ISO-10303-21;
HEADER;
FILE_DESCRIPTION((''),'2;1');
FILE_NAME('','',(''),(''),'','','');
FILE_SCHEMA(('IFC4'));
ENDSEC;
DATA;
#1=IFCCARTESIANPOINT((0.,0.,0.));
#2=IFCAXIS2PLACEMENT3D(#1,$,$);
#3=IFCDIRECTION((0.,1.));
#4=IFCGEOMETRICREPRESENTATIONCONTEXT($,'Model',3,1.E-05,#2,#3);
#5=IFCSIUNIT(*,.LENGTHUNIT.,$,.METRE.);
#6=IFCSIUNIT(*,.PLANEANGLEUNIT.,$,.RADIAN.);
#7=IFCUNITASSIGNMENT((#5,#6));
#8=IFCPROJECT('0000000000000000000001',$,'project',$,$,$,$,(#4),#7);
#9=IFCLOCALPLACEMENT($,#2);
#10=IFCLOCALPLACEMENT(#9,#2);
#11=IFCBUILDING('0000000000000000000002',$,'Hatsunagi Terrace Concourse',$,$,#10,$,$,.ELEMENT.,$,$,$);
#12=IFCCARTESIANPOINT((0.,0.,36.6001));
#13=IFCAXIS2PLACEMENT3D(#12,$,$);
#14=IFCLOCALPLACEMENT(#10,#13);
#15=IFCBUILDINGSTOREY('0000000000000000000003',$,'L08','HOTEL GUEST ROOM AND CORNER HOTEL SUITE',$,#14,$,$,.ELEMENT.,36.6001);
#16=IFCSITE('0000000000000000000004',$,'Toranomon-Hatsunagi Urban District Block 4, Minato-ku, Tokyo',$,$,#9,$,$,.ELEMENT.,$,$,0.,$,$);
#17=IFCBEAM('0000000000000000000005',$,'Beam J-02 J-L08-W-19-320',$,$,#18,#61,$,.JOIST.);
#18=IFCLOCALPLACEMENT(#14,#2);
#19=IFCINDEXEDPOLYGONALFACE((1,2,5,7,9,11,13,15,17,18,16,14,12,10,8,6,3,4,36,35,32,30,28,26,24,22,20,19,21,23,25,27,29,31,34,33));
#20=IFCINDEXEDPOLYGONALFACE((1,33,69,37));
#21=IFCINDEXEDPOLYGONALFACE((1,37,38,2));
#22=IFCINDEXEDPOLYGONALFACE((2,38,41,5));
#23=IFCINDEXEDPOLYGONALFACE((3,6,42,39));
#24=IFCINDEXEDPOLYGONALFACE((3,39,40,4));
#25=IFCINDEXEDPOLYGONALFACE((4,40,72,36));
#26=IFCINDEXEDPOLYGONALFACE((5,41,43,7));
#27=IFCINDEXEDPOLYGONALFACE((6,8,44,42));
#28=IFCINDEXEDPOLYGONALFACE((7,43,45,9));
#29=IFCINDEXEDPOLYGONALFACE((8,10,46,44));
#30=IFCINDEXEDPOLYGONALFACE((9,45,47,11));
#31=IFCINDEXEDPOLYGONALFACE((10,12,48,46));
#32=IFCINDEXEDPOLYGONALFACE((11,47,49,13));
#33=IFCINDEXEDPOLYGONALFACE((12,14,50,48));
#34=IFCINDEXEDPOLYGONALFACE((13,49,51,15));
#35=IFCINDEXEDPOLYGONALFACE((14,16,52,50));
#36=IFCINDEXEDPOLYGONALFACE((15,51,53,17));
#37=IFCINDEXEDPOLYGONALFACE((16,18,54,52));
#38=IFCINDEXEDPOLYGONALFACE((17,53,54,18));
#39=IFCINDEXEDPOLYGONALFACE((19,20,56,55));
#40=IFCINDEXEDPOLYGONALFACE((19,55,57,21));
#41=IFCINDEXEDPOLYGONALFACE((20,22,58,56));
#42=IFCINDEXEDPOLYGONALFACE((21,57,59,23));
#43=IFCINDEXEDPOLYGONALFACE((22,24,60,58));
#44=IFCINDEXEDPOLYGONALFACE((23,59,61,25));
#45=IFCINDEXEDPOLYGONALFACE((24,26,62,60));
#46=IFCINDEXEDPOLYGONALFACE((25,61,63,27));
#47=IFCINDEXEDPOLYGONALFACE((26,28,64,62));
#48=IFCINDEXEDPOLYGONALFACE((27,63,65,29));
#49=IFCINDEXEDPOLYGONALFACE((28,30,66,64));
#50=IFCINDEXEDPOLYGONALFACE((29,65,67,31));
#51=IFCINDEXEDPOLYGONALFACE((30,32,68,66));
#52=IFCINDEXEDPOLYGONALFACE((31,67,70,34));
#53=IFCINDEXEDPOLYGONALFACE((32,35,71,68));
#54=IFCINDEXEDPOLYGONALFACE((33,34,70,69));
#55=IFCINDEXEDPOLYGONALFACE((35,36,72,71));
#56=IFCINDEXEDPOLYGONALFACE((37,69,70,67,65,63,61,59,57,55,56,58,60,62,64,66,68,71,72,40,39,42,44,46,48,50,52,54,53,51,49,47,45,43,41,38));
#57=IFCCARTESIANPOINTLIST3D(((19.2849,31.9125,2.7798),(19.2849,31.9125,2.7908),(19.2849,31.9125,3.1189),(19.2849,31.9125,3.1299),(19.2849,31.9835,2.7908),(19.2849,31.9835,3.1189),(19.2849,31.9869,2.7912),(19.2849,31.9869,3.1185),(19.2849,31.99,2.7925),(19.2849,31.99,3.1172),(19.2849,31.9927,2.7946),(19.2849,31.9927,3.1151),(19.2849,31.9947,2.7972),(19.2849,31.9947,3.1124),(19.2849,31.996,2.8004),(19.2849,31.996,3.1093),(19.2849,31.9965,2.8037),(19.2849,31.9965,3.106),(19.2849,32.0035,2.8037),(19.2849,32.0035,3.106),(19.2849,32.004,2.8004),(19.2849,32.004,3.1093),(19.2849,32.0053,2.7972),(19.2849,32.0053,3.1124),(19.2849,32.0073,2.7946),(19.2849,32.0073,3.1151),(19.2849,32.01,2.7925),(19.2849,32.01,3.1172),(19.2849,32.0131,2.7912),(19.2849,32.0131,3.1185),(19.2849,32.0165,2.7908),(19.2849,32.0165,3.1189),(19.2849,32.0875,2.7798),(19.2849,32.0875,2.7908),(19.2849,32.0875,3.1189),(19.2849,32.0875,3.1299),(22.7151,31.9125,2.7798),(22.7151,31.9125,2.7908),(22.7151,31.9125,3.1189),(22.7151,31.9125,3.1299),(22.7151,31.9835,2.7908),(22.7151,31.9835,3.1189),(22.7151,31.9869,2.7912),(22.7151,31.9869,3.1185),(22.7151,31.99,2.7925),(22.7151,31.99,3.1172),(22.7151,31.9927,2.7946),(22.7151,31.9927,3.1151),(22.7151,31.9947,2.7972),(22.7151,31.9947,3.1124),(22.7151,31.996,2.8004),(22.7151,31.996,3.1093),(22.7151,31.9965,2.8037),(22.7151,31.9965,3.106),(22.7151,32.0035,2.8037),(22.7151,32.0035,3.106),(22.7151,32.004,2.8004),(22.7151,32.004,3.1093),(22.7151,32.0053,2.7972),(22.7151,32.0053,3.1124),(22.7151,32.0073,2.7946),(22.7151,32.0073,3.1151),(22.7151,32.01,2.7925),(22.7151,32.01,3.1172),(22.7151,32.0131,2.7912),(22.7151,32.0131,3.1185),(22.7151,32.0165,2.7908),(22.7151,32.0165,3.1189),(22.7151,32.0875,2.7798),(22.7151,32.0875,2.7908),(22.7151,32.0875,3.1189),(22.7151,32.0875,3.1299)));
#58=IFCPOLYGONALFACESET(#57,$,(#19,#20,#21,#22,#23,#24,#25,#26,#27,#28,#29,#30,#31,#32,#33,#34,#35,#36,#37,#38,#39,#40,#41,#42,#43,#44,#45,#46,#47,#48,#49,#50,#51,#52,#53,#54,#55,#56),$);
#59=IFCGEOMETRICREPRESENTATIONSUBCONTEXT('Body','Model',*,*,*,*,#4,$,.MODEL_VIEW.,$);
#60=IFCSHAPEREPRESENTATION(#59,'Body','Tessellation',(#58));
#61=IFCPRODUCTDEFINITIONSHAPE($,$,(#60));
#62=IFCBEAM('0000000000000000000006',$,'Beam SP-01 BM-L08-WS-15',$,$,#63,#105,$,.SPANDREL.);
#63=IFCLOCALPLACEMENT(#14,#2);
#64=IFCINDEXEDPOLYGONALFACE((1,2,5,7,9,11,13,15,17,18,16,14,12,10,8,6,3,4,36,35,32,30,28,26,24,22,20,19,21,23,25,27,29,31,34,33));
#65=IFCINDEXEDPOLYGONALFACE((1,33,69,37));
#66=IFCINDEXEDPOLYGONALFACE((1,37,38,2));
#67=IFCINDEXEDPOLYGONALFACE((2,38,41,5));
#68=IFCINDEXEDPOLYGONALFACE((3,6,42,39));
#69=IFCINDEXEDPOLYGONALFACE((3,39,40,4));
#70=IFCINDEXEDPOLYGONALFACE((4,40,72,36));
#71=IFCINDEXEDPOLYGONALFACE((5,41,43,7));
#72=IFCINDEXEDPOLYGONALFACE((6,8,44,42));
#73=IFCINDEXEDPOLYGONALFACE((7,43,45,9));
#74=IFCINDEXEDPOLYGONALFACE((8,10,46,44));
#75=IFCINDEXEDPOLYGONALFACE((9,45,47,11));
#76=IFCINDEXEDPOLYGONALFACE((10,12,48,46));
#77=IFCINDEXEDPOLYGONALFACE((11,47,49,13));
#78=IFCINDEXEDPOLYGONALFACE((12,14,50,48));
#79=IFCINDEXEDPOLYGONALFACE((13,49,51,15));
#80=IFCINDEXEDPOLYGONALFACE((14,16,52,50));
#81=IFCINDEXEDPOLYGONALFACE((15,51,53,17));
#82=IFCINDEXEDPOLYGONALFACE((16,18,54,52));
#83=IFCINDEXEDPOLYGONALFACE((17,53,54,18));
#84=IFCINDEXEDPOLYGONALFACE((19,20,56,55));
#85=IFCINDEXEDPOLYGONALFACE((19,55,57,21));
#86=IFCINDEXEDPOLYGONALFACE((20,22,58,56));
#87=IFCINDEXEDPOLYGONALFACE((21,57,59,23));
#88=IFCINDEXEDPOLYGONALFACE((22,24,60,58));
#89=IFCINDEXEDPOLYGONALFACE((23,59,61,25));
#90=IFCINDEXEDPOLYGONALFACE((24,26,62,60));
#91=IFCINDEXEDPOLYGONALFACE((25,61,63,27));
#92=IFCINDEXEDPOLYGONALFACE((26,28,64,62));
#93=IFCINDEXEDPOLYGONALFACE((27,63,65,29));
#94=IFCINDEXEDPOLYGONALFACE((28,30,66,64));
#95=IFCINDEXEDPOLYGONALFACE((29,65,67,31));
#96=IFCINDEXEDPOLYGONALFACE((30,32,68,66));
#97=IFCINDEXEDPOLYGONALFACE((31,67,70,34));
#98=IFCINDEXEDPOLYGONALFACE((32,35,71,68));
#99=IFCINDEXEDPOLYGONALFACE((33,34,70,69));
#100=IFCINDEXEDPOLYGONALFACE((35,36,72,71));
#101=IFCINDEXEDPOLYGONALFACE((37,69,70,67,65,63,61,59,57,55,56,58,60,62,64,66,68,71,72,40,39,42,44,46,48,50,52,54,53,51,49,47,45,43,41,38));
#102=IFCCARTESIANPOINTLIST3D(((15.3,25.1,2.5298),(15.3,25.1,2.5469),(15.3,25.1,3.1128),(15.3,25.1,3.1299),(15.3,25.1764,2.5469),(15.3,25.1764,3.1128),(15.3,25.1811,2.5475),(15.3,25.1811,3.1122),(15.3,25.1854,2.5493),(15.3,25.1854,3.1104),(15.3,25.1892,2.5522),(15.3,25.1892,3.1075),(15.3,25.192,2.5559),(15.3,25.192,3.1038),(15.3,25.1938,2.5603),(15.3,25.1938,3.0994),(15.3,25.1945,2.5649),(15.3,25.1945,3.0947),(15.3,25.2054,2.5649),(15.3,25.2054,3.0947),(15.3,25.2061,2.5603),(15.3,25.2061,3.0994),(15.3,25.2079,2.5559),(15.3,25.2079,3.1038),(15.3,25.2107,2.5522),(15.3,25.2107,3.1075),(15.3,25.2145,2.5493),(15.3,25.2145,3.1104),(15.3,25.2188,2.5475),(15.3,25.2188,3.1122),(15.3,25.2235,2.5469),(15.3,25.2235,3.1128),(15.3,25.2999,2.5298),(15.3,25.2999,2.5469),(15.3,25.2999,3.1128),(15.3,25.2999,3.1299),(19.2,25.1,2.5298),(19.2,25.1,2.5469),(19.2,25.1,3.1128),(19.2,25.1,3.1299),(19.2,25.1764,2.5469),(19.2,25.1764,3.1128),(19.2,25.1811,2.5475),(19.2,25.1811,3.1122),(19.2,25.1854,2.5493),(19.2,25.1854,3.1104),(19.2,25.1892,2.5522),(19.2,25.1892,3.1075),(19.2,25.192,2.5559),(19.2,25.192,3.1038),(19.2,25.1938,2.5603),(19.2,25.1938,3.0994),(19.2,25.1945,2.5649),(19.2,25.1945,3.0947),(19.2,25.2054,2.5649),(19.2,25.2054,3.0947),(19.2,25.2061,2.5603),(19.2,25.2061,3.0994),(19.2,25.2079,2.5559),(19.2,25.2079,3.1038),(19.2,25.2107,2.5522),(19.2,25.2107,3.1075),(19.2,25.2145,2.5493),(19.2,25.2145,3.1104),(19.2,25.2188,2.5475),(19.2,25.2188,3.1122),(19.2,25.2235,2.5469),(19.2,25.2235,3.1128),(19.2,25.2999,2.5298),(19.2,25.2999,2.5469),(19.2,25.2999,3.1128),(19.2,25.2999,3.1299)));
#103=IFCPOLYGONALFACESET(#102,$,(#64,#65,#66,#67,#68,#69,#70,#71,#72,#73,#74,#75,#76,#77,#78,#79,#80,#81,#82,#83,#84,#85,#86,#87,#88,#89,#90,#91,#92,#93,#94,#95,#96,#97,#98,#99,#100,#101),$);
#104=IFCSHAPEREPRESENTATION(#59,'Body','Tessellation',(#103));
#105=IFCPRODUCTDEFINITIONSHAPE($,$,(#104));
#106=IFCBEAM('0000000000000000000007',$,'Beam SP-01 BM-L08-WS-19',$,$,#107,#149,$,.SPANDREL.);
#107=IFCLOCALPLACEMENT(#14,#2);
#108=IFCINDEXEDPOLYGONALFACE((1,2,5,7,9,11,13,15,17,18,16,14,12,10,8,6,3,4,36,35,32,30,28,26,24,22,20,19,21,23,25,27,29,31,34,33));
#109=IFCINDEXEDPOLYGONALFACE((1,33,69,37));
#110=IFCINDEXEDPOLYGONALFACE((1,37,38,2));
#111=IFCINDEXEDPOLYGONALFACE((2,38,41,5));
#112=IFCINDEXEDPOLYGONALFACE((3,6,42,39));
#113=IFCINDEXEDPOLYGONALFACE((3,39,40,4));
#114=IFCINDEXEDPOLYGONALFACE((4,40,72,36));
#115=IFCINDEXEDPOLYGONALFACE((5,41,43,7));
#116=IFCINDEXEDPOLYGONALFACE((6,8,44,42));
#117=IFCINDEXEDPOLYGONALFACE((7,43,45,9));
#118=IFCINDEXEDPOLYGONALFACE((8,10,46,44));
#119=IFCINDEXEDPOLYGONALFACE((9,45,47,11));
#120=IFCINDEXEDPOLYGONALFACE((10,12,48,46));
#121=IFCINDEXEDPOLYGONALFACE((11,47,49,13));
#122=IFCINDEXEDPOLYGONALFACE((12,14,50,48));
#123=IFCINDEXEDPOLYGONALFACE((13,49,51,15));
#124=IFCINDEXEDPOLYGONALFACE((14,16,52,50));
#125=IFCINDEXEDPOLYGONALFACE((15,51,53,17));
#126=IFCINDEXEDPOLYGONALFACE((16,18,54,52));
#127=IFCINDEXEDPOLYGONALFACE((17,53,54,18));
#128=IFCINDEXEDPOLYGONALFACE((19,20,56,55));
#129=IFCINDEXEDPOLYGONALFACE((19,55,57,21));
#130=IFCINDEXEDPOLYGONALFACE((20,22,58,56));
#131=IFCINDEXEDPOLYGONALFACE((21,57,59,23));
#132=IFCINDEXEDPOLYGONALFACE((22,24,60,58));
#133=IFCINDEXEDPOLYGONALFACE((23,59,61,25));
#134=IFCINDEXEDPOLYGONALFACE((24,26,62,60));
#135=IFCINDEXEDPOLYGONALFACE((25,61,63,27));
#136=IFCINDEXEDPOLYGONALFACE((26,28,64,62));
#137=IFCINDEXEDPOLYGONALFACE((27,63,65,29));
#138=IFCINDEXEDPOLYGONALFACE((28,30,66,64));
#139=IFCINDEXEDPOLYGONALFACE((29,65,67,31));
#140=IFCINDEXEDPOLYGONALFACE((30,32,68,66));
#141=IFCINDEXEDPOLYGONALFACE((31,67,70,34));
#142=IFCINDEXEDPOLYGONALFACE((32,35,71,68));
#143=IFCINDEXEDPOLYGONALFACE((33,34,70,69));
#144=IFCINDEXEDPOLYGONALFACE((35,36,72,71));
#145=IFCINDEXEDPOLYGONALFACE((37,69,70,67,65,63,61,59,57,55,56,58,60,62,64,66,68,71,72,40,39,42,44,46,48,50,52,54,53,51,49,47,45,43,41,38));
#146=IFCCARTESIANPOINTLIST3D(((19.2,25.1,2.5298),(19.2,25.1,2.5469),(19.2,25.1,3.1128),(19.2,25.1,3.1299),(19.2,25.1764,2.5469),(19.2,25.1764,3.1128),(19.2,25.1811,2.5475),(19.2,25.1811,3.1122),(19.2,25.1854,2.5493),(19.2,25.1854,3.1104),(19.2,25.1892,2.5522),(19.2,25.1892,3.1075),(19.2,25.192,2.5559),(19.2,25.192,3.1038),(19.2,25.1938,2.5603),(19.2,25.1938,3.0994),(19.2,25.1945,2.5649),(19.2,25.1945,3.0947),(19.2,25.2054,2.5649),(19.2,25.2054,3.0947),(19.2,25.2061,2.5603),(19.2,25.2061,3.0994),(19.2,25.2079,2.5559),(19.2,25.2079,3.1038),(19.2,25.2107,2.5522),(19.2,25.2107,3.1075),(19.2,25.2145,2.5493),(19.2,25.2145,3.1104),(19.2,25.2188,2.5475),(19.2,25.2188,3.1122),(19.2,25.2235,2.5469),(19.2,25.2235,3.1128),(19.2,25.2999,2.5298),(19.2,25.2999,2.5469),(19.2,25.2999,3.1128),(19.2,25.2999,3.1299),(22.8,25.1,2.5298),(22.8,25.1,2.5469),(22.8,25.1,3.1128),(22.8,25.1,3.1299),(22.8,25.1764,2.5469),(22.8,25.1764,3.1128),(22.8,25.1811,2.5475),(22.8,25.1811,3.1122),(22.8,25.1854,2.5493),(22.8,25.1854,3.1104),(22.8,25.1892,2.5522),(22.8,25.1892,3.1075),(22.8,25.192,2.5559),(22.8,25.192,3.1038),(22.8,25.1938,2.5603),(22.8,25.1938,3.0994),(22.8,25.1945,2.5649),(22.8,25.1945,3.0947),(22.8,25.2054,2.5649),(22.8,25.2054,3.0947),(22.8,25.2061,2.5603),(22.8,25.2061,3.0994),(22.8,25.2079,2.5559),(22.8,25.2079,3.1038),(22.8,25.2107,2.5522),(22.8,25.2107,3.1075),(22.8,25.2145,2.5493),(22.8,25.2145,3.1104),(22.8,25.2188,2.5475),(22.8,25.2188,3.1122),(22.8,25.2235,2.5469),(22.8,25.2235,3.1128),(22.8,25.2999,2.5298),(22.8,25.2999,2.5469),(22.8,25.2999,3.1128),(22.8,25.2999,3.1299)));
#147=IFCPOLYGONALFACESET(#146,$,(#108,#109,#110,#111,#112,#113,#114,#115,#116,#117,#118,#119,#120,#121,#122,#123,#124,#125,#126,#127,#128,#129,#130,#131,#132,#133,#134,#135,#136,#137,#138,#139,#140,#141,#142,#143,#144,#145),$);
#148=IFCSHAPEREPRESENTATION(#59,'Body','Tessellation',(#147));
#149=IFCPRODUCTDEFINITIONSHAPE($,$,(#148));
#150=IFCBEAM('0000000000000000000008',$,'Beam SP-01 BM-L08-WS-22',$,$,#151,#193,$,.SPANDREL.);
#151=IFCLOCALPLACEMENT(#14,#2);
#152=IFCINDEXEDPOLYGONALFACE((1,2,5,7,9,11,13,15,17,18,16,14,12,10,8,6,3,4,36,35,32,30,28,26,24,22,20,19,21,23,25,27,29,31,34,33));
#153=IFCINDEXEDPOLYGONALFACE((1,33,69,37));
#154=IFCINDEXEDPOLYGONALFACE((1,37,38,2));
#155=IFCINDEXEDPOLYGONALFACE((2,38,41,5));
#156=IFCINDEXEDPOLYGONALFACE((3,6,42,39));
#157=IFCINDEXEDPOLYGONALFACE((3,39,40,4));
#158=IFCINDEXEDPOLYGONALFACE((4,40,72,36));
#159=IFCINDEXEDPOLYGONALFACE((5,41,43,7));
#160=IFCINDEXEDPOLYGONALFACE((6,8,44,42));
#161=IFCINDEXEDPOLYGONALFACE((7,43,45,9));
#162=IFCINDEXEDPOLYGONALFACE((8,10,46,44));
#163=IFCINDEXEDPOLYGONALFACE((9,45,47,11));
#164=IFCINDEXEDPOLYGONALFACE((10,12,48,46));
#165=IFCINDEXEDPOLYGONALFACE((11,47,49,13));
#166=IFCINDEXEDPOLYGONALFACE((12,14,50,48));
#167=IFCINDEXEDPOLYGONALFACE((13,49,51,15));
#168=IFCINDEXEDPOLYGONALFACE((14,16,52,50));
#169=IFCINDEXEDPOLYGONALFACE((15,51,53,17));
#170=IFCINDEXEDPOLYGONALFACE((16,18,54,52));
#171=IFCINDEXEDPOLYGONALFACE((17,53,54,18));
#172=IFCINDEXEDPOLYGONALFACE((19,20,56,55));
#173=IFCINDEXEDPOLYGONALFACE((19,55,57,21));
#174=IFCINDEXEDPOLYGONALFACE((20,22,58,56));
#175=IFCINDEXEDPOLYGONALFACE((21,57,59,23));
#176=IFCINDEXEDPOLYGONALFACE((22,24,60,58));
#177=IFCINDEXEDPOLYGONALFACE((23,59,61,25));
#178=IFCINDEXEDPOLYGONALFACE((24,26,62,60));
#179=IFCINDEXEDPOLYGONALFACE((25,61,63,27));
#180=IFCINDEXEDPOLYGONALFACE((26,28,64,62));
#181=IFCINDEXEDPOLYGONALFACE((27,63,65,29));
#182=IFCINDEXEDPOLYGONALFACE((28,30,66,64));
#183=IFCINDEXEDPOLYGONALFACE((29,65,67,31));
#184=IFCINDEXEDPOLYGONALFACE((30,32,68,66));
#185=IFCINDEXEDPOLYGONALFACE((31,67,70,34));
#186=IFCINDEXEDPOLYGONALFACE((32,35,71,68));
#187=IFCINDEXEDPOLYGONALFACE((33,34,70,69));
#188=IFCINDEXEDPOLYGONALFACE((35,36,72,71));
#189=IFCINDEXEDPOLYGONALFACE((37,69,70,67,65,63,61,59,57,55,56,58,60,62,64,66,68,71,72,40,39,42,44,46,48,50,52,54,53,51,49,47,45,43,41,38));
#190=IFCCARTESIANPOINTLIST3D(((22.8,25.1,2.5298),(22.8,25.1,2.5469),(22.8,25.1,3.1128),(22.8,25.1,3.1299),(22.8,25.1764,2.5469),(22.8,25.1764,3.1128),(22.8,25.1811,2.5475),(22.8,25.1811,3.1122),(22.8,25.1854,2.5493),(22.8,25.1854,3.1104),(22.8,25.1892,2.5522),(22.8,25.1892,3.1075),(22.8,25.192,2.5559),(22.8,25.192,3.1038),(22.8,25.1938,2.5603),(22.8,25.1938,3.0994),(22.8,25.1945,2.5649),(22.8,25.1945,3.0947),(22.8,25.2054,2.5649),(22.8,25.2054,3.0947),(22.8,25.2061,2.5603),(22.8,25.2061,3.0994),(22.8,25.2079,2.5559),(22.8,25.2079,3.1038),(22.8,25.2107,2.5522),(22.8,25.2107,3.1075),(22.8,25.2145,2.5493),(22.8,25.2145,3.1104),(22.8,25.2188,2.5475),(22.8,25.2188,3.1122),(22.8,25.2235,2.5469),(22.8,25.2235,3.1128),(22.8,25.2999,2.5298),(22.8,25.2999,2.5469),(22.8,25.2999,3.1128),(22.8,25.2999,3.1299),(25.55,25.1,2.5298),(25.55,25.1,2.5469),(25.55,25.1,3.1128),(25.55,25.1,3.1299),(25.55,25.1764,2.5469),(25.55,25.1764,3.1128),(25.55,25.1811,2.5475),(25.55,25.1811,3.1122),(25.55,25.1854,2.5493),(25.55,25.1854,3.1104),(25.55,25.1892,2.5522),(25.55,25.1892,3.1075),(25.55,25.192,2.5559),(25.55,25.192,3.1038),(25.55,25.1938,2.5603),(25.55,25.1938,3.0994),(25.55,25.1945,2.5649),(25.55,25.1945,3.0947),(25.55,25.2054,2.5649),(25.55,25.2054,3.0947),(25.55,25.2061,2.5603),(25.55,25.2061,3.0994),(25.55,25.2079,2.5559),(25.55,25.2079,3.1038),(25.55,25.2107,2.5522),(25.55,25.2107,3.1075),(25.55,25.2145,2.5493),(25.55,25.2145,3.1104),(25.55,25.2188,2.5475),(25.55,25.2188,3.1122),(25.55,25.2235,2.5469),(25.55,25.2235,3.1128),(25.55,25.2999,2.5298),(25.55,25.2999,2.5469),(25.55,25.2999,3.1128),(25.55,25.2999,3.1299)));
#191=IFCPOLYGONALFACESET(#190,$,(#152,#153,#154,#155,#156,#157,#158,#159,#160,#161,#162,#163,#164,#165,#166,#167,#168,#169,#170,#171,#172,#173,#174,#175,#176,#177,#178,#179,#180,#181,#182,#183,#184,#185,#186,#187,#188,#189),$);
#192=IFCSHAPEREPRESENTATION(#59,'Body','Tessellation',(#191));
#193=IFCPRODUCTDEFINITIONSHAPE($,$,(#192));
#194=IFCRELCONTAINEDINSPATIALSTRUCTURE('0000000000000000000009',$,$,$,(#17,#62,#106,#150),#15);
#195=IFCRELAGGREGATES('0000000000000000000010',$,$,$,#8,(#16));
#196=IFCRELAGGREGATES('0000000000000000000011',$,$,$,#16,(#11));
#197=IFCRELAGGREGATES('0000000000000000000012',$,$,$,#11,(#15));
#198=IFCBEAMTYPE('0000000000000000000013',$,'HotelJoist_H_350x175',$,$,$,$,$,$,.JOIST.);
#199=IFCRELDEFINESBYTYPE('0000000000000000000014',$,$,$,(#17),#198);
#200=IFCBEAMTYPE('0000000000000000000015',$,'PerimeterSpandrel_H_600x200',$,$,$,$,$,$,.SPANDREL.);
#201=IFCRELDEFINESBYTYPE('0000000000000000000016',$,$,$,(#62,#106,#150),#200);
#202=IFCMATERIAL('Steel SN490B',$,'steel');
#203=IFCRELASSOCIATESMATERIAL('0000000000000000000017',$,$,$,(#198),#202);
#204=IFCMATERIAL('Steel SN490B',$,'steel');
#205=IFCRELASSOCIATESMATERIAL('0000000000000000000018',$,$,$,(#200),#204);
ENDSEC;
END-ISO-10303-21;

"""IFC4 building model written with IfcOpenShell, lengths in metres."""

from ifc_helpers import new_model, si_unit, direction, frame, origin, origin_2d, place, context, subcontext, project, spatial, i_section, extrude, material, material_profile, profile_set, type_object, element, save


model = new_model("IFC4")

# Units and contexts
model_context = context("Model", 3, precision=1e-05, world=origin(), true_north=direction((0.0, 1.0)))
body_context = subcontext(model_context, "Body", "Model", "MODEL_VIEW")
ifc_project = project(units=[si_unit("LENGTHUNIT", "METRE"), si_unit("PLANEANGLEUNIT", "RADIAN")], contexts=[model_context])

# Site, building, storey
site_placement = place(None, origin())
site = spatial("IfcSite", under=ifc_project, at=site_placement, Name="Toranomon-Hatsunagi Urban District Block 4, Minato-ku, Tokyo", CompositionType="ELEMENT", RefElevation=0.0)
building_placement = place(site_placement, origin())
building = spatial("IfcBuilding", under=site, at=building_placement, Name="Hatsunagi Terrace Concourse", CompositionType="ELEMENT")
storey_placement = place(building_placement, frame((0.0, 0.0, 36.6001)))
storey = spatial("IfcBuildingStorey", under=building, at=storey_placement, Name="L08", Description="HOTEL GUEST ROOM AND CORNER HOTEL SUITE", CompositionType="ELEMENT", Elevation=36.6001)

# Beams
ifc_material_1 = material(Name="Steel SN490B", Category="steel")
ifc_material_profile_1 = material_profile(ifc_material_1, i_section(OverallWidth=0.175, OverallDepth=0.3501, WebThickness=0.0071, FlangeThickness=0.011, FilletRadius=0.0129, at=origin_2d()), Name="H-350x175x7x11")
ifc_profile_set_1 = profile_set([ifc_material_profile_1], Name="Steel SN490B")
beam_type_1 = type_object("IfcBeamType", Name="HotelJoist_H_350x175", PredefinedType="JOIST", material=ifc_profile_set_1)
beam_1_placement = place(storey_placement, frame((19.2849, 32.0, 2.9548), z_axis=(1.0, 0.0, 0.0), x_axis=(0.0, 1.0, 0.0)))
element("IfcBeam", 1, at=beam_1_placement, inside=storey, type_object=beam_type_1, Name="Beam J-02 J-L08-W-19-320", PredefinedType="JOIST", context=body_context, shape_type="SweptSolid", body=[
    extrude(i_section(OverallWidth=0.175, OverallDepth=0.3501, WebThickness=0.0071, FlangeThickness=0.011, FilletRadius=0.0129, at=origin_2d()), origin(), (0.0, 0.0, 1.0), 3.4302),
])
ifc_material_2 = material(Name="Steel SN490B", Category="steel")
ifc_material_profile_2 = material_profile(ifc_material_2, i_section(OverallWidth=0.2, OverallDepth=0.6001, WebThickness=0.011, FlangeThickness=0.0171, FilletRadius=0.0181, at=origin_2d()), Name="H-600x200x11x17")
ifc_profile_set_2 = profile_set([ifc_material_profile_2], Name="Steel SN490B")
beam_type_2 = type_object("IfcBeamType", Name="PerimeterSpandrel_H_600x200", PredefinedType="SPANDREL", material=ifc_profile_set_2)
beam_2_placement = place(storey_placement, frame((15.3, 25.2, 2.8298), z_axis=(1.0, 0.0, 0.0), x_axis=(0.0, 1.0, 0.0)))
element("IfcBeam", 2, at=beam_2_placement, inside=storey, type_object=beam_type_2, Name="Beam SP-01 BM-L08-WS-15", PredefinedType="SPANDREL", context=body_context, shape_type="SweptSolid", body=[
    extrude(i_section(OverallWidth=0.2, OverallDepth=0.6001, WebThickness=0.011, FlangeThickness=0.0171, FilletRadius=0.0181, at=origin_2d()), origin(), (0.0, 0.0, 1.0), 3.8999),
])
beam_3_placement = place(storey_placement, frame((19.2, 25.2, 2.8298), z_axis=(1.0, 0.0, 0.0), x_axis=(0.0, 1.0, 0.0)))
element("IfcBeam", 3, at=beam_3_placement, inside=storey, type_object=beam_type_2, Name="Beam SP-01 BM-L08-WS-19", PredefinedType="SPANDREL", context=body_context, shape_type="SweptSolid", body=[
    extrude(i_section(OverallWidth=0.2, OverallDepth=0.6001, WebThickness=0.011, FlangeThickness=0.0171, FilletRadius=0.0181, at=origin_2d()), origin(), (0.0, 0.0, 1.0), 3.6001),
])
beam_4_placement = place(storey_placement, frame((22.8, 25.2, 2.8298), z_axis=(1.0, 0.0, 0.0), x_axis=(0.0, 1.0, 0.0)))
element("IfcBeam", 4, at=beam_4_placement, inside=storey, type_object=beam_type_2, Name="Beam SP-01 BM-L08-WS-22", PredefinedType="SPANDREL", context=body_context, shape_type="SweptSolid", body=[
    extrude(i_section(OverallWidth=0.2, OverallDepth=0.6001, WebThickness=0.011, FlangeThickness=0.0171, FilletRadius=0.0181, at=origin_2d()), origin(), (0.0, 0.0, 1.0), 2.75),
])

save(model, "model.ifc")
